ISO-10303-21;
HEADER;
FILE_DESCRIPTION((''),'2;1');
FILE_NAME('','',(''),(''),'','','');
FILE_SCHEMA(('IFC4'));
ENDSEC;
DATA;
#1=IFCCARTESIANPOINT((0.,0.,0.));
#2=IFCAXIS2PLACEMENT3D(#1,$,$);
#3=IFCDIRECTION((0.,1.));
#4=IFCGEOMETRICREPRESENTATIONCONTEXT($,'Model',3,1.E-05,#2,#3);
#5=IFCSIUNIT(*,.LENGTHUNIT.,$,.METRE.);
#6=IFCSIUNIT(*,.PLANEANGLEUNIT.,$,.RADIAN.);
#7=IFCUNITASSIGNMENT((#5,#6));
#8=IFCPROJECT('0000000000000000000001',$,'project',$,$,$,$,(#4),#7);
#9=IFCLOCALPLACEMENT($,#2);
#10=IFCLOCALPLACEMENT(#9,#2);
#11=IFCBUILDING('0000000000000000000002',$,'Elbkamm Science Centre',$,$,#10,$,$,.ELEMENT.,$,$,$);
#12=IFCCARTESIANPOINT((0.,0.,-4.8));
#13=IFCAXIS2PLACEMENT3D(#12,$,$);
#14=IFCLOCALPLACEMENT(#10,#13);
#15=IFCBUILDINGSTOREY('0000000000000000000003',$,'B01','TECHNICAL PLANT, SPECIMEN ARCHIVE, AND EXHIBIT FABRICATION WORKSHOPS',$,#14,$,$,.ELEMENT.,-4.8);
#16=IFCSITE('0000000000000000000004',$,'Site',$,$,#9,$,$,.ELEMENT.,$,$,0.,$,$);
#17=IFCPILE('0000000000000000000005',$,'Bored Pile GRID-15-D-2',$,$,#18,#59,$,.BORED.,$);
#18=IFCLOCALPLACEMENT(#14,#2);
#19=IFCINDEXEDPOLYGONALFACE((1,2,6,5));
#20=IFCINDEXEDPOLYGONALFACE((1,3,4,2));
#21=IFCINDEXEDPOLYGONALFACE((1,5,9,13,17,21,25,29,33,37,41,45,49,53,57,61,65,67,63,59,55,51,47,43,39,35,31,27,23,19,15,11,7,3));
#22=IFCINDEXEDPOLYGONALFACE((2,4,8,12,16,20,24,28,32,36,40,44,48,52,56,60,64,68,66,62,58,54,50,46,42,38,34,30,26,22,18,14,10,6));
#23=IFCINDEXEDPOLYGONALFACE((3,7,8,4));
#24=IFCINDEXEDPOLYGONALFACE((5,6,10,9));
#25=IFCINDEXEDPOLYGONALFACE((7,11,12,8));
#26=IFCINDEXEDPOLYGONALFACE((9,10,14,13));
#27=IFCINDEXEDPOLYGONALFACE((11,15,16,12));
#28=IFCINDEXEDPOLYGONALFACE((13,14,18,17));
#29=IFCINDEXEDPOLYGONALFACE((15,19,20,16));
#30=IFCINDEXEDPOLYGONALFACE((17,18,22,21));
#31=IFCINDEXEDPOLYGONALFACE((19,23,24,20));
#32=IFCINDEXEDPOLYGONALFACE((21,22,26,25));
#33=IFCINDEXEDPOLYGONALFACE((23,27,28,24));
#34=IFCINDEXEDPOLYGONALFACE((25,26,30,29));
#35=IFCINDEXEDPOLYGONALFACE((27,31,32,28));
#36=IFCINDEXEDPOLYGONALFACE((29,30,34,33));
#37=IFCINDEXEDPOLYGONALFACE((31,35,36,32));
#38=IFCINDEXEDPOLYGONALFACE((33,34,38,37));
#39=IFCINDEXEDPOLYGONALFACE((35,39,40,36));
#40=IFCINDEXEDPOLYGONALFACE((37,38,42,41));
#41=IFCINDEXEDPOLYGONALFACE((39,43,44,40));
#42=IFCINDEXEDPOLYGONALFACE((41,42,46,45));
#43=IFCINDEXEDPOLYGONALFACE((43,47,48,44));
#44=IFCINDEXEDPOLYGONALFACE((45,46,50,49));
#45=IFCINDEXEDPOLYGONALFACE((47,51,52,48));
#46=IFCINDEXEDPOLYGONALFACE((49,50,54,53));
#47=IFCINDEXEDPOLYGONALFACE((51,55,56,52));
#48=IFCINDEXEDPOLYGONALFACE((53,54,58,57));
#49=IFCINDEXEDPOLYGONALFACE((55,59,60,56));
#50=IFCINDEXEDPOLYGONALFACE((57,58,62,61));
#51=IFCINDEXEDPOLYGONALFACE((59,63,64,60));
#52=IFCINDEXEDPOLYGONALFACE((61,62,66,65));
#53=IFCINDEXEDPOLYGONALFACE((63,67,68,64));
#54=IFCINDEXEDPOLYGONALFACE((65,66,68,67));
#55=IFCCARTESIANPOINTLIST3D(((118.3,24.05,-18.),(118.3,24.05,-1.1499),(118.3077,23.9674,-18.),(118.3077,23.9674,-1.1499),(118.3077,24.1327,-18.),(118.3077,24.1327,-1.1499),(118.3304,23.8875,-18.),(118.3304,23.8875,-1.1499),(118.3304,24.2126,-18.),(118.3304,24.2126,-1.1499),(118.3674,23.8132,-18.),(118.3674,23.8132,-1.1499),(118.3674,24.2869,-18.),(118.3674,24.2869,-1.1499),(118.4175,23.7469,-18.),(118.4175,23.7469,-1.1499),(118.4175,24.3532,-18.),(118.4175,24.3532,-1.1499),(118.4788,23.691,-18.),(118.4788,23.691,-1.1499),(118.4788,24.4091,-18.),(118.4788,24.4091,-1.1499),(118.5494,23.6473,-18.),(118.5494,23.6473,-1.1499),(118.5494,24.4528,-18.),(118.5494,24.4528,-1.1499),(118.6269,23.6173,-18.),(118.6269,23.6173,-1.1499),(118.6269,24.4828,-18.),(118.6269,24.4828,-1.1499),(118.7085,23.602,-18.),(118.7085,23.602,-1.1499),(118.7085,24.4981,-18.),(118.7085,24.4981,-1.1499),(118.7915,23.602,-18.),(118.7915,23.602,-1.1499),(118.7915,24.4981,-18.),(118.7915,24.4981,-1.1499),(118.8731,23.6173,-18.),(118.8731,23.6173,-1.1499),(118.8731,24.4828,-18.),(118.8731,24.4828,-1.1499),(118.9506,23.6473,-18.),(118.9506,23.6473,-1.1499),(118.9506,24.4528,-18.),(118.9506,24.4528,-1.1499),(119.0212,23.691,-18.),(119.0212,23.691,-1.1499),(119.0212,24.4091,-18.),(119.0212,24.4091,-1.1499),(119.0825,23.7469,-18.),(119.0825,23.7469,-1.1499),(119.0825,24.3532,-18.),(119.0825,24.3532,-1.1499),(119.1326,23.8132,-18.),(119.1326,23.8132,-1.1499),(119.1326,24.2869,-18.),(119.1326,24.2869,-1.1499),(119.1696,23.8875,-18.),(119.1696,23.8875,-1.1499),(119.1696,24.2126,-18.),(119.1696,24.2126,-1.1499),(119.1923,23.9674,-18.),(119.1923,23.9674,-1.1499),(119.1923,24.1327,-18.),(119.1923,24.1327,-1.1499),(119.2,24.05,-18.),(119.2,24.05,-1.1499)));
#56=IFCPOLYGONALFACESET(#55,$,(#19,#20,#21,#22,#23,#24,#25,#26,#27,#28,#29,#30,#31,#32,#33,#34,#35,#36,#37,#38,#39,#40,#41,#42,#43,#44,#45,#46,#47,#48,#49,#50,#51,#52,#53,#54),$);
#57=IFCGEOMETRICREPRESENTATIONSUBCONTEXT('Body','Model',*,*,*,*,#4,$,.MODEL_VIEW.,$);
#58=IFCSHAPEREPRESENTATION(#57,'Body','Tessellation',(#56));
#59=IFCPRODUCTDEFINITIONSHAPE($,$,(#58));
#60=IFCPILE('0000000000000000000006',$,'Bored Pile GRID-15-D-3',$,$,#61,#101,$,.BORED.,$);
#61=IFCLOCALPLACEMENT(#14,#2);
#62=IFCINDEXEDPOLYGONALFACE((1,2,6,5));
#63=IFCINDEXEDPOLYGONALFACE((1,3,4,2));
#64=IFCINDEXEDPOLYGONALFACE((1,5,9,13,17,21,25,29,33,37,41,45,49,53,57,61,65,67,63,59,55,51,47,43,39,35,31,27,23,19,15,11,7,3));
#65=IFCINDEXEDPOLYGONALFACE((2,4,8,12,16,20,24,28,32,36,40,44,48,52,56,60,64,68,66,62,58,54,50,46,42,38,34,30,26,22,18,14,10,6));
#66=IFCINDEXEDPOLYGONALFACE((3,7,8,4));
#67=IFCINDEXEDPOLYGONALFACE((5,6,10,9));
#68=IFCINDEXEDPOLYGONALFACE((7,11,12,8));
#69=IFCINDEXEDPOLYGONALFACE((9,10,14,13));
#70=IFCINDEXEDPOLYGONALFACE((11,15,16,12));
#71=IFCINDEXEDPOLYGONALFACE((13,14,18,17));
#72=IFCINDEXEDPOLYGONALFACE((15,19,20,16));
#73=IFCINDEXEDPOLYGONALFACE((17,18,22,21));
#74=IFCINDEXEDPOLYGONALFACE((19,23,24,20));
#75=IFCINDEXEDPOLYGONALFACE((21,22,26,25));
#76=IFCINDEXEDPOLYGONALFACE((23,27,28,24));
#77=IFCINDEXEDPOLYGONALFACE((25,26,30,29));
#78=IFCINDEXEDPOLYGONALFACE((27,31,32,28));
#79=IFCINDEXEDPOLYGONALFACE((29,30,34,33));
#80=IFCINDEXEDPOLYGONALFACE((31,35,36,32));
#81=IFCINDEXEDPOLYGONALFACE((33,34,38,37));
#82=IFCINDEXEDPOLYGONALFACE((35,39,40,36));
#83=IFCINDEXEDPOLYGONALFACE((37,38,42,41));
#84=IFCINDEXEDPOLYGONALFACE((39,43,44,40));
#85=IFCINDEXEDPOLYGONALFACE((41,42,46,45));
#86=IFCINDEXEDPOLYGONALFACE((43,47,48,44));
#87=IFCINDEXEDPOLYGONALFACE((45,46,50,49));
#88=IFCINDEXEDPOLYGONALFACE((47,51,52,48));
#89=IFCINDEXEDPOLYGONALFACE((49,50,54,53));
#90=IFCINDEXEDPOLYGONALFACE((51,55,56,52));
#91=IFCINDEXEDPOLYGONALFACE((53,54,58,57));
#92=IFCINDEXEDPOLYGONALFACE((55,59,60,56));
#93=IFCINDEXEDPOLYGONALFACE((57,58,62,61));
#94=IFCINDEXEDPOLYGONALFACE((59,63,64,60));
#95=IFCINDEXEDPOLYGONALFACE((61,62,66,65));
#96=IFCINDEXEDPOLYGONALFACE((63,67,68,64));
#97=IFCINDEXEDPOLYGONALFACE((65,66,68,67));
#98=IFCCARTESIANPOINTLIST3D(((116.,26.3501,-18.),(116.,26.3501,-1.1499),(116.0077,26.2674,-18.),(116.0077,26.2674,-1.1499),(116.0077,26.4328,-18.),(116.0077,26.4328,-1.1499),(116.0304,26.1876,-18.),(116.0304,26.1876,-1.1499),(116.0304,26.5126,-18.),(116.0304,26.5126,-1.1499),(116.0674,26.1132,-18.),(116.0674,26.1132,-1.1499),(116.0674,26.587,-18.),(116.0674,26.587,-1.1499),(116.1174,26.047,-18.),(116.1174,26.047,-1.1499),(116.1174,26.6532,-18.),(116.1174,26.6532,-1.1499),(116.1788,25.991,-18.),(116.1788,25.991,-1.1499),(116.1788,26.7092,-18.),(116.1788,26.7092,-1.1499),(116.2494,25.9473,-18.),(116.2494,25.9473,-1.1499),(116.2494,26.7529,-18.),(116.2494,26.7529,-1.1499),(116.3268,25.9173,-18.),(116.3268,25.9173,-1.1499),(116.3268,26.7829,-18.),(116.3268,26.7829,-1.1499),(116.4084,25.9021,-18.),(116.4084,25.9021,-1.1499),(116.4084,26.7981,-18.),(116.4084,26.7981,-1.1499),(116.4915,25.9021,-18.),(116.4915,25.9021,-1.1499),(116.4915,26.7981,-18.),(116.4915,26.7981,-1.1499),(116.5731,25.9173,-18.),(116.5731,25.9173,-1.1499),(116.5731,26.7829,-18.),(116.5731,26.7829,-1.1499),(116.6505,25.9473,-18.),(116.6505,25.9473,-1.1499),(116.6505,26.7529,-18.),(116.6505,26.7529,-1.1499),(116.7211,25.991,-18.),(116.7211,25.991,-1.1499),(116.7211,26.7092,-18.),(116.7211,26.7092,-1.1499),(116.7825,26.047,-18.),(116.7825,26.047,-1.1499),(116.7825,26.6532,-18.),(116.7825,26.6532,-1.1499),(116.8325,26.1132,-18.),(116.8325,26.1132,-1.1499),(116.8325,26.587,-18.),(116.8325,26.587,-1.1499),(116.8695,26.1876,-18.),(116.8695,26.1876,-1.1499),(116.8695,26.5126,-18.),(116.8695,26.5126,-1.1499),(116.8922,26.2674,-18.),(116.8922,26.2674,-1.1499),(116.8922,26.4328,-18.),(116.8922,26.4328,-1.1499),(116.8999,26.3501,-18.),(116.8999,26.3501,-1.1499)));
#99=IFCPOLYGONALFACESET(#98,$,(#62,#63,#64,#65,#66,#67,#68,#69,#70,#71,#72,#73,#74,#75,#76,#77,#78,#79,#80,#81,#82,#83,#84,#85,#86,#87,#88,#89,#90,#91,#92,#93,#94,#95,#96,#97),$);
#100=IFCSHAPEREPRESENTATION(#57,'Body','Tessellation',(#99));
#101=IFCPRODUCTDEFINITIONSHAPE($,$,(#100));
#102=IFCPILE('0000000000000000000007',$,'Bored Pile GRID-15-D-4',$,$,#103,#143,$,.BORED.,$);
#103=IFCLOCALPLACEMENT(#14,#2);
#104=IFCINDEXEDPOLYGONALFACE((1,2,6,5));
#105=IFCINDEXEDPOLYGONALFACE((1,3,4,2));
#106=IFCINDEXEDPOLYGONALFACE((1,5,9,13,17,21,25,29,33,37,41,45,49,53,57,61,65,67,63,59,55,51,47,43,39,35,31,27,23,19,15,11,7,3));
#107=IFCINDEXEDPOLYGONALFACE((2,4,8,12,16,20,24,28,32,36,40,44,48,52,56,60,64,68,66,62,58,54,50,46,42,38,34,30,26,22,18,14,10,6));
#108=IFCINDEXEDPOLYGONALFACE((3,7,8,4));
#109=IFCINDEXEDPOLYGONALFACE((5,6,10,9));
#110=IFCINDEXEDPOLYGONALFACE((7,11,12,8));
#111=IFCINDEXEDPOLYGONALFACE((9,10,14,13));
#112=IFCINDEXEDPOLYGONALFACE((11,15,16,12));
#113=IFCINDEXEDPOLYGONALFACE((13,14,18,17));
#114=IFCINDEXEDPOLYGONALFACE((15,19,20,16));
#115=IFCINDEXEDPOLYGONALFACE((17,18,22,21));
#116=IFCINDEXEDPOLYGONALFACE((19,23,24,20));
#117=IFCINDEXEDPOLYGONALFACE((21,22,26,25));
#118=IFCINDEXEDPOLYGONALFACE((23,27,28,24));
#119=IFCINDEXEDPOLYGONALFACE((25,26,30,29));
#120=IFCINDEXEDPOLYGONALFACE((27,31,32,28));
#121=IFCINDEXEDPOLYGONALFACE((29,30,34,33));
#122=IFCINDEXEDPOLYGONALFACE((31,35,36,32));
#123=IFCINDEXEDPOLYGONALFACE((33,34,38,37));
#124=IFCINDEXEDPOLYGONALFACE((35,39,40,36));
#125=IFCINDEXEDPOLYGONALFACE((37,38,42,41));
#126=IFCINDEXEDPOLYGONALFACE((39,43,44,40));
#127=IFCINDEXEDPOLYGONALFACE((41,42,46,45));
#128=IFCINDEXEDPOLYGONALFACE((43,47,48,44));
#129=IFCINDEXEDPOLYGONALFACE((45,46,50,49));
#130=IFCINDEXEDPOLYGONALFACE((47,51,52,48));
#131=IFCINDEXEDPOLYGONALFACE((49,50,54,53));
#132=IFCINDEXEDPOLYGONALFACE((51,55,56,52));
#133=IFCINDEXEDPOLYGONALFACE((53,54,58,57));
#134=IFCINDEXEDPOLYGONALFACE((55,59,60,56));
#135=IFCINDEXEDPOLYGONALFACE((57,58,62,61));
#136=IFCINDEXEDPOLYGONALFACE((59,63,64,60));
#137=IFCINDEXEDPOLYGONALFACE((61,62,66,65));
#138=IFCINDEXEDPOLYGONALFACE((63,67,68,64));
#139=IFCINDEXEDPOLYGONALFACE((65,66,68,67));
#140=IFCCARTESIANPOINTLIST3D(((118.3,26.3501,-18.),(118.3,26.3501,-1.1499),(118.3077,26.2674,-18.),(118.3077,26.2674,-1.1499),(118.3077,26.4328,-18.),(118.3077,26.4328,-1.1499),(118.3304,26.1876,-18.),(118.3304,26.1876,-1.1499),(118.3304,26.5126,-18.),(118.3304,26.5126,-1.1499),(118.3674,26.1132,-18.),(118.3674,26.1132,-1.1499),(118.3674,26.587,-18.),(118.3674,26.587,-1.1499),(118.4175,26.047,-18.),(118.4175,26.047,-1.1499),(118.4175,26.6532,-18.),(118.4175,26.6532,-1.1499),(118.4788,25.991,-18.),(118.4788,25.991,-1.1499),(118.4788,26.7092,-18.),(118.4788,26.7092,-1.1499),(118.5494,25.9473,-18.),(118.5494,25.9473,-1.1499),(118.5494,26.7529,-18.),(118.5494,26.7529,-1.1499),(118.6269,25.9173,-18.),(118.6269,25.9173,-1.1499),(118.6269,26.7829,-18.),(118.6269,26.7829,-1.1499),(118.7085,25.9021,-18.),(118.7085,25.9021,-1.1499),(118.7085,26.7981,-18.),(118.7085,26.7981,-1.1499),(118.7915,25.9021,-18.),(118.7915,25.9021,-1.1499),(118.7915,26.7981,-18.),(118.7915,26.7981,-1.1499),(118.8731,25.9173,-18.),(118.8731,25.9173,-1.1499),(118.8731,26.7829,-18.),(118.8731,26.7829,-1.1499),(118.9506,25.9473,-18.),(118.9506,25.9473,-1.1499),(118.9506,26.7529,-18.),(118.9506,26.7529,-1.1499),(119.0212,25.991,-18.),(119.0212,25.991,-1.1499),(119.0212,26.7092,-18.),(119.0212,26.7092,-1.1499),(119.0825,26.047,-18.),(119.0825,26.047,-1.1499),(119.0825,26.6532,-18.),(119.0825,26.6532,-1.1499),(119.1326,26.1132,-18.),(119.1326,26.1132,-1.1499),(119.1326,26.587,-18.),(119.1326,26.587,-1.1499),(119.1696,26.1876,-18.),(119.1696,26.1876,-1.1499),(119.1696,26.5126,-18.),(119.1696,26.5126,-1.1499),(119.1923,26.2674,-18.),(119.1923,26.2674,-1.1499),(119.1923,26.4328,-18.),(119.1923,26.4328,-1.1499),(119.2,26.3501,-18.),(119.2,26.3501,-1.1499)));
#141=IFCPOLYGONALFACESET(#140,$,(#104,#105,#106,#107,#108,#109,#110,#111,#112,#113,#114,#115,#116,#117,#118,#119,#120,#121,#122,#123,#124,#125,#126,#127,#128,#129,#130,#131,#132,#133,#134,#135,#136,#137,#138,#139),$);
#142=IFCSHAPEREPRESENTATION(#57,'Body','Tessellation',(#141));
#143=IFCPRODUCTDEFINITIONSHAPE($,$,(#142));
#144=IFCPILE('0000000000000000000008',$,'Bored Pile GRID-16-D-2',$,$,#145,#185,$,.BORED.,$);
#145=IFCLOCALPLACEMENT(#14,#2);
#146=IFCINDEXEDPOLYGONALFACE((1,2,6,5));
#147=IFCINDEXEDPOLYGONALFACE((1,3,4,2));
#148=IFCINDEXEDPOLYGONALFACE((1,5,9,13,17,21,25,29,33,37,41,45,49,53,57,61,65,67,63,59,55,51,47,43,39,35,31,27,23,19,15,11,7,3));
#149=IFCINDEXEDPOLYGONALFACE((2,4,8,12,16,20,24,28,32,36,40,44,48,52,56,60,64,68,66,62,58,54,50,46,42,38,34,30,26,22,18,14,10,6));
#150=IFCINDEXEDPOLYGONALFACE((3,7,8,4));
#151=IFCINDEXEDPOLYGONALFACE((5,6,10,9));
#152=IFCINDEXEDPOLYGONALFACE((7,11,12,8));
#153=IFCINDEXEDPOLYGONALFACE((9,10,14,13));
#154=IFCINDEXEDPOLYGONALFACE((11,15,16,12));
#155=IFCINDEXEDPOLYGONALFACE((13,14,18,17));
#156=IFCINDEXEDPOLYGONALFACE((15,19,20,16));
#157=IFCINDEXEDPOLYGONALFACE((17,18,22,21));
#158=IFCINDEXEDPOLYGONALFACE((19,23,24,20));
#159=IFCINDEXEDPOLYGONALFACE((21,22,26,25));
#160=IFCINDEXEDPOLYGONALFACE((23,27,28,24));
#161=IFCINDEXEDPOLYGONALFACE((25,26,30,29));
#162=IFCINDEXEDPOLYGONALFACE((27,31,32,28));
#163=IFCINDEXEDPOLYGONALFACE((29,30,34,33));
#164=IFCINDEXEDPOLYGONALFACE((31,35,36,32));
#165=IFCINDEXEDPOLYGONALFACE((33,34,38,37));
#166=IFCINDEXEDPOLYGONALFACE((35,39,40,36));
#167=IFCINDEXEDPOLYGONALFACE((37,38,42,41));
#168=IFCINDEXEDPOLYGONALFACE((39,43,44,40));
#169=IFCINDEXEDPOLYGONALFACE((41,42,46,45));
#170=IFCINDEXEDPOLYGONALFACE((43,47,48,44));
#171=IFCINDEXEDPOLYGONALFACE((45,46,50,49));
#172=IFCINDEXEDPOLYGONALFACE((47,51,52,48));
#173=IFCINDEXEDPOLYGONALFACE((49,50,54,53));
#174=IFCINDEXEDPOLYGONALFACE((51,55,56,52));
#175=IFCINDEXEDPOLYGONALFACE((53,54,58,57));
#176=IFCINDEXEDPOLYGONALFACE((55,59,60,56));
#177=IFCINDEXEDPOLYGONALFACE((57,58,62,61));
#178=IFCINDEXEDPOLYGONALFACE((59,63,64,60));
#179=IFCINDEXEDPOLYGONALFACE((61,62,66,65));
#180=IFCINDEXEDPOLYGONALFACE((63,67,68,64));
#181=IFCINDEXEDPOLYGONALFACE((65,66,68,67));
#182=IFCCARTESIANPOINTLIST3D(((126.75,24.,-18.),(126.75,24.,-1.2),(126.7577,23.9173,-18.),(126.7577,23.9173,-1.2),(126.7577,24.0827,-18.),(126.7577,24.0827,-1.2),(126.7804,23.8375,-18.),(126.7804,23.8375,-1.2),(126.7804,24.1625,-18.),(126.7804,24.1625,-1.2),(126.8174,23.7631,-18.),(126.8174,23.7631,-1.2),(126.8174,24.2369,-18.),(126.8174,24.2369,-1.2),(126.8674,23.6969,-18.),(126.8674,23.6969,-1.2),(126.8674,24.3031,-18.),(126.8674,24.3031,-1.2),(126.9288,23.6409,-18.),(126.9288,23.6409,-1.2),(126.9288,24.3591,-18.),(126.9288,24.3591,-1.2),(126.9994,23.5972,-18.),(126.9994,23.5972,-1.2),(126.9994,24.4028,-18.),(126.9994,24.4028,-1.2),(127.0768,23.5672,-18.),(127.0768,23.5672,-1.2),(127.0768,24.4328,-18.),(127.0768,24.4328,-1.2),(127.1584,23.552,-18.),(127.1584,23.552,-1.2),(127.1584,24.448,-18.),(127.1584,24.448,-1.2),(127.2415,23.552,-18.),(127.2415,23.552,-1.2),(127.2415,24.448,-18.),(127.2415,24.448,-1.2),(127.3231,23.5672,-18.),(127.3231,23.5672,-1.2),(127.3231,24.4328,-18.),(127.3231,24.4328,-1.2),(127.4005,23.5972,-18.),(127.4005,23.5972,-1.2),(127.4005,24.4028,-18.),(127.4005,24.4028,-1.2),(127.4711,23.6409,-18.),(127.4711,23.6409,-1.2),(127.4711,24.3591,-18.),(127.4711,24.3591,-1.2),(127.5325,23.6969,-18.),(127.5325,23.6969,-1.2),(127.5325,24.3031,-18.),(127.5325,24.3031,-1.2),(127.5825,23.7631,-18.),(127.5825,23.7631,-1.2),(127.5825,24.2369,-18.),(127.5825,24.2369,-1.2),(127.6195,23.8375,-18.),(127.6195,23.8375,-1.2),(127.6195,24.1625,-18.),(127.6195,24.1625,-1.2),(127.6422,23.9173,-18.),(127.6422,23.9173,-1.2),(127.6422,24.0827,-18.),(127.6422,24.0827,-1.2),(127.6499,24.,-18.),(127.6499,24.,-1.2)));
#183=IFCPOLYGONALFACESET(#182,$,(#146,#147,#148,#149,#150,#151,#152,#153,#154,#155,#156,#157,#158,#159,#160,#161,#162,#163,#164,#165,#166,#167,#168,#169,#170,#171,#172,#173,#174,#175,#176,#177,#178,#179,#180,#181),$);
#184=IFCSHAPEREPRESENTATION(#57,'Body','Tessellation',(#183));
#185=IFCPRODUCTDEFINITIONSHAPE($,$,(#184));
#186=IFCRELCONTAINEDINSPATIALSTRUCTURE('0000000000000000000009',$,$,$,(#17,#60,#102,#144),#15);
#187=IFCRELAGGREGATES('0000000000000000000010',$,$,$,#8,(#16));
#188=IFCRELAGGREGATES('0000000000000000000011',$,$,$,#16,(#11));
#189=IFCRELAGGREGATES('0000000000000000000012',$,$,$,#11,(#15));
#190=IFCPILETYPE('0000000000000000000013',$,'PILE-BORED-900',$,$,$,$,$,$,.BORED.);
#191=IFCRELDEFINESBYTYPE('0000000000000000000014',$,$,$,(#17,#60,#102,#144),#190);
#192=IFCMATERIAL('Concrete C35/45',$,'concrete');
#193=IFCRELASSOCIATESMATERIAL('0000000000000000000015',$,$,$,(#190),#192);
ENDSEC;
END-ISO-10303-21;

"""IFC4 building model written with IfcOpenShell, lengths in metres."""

from ifc_helpers import new_model, si_unit, direction, frame, origin, origin_2d, place, context, subcontext, project, spatial, circle, extrude, material, material_profile, profile_set, type_object, element, save


model = new_model("IFC4")

# Units and contexts
model_context = context("Model", 3, precision=1e-05, world=origin(), true_north=direction((0.0, 1.0)))
body_context = subcontext(model_context, "Body", "Model", "MODEL_VIEW")
ifc_project = project(units=[si_unit("LENGTHUNIT", "METRE"), si_unit("PLANEANGLEUNIT", "RADIAN")], contexts=[model_context])

# Site, building, storey
site_placement = place(None, origin())
site = spatial("IfcSite", under=ifc_project, at=site_placement, Name="Site", CompositionType="ELEMENT", RefElevation=0.0)
building_placement = place(site_placement, origin())
building = spatial("IfcBuilding", under=site, at=building_placement, Name="Elbkamm Science Centre", CompositionType="ELEMENT")
storey_placement = place(building_placement, frame((0.0, 0.0, -4.8)))
storey = spatial("IfcBuildingStorey", under=building, at=storey_placement, Name="B01", Description="TECHNICAL PLANT, SPECIMEN ARCHIVE, AND EXHIBIT FABRICATION WORKSHOPS", CompositionType="ELEMENT", Elevation=-4.8)

# Shared definitions
ifc_material_1 = material(Name="Concrete C35/45", Category="concrete")

# Piles
ifc_material_profile_1 = material_profile(ifc_material_1, circle(Radius=0.45, at=origin_2d()), Name="PILE D900")
ifc_profile_set_1 = profile_set([ifc_material_profile_1], Name="Concrete C35/45")
pile_type_1 = type_object("IfcPileType", Name="PILE-BORED-900", PredefinedType="BORED", material=ifc_profile_set_1)
for number, where, z_axis, x_axis, name in (
    (1, (118.75, 24.05, -1.1499), (0.0, 0.0, -1.0), (1.0, 0.0, 0.0), "Bored Pile GRID-15-D-2"),
    (2, (116.45, 26.3501, -1.1499), (0.0, 0.0, -1.0), (1.0, 0.0, 0.0), "Bored Pile GRID-15-D-3"),
    (3, (118.75, 26.3501, -1.1499), (0.0, 0.0, -1.0), (1.0, 0.0, 0.0), "Bored Pile GRID-15-D-4"),
):
    element("IfcPile", number, at=place(storey_placement, frame(where, z_axis=z_axis, x_axis=x_axis)), inside=storey, type_object=pile_type_1, Name=name, PredefinedType="BORED", context=body_context, shape_type="SweptSolid", body=[
        extrude(circle(Radius=0.45, at=origin_2d()), origin(), (0.0, 0.0, 1.0), 16.8501),
    ])
for number, where, z_axis, x_axis, name in (
    (4, (127.2, 24.0, -1.2), (0.0, 0.0, -1.0), (1.0, 0.0, 0.0), "Bored Pile GRID-16-D-2"),
):
    element("IfcPile", number, at=place(storey_placement, frame(where, z_axis=z_axis, x_axis=x_axis)), inside=storey, type_object=pile_type_1, Name=name, PredefinedType="BORED", context=body_context, shape_type="SweptSolid", body=[
        extrude(circle(Radius=0.45, at=origin_2d()), origin(), (0.0, 0.0, 1.0), 16.8),
    ])

save(model, "model.ifc")
